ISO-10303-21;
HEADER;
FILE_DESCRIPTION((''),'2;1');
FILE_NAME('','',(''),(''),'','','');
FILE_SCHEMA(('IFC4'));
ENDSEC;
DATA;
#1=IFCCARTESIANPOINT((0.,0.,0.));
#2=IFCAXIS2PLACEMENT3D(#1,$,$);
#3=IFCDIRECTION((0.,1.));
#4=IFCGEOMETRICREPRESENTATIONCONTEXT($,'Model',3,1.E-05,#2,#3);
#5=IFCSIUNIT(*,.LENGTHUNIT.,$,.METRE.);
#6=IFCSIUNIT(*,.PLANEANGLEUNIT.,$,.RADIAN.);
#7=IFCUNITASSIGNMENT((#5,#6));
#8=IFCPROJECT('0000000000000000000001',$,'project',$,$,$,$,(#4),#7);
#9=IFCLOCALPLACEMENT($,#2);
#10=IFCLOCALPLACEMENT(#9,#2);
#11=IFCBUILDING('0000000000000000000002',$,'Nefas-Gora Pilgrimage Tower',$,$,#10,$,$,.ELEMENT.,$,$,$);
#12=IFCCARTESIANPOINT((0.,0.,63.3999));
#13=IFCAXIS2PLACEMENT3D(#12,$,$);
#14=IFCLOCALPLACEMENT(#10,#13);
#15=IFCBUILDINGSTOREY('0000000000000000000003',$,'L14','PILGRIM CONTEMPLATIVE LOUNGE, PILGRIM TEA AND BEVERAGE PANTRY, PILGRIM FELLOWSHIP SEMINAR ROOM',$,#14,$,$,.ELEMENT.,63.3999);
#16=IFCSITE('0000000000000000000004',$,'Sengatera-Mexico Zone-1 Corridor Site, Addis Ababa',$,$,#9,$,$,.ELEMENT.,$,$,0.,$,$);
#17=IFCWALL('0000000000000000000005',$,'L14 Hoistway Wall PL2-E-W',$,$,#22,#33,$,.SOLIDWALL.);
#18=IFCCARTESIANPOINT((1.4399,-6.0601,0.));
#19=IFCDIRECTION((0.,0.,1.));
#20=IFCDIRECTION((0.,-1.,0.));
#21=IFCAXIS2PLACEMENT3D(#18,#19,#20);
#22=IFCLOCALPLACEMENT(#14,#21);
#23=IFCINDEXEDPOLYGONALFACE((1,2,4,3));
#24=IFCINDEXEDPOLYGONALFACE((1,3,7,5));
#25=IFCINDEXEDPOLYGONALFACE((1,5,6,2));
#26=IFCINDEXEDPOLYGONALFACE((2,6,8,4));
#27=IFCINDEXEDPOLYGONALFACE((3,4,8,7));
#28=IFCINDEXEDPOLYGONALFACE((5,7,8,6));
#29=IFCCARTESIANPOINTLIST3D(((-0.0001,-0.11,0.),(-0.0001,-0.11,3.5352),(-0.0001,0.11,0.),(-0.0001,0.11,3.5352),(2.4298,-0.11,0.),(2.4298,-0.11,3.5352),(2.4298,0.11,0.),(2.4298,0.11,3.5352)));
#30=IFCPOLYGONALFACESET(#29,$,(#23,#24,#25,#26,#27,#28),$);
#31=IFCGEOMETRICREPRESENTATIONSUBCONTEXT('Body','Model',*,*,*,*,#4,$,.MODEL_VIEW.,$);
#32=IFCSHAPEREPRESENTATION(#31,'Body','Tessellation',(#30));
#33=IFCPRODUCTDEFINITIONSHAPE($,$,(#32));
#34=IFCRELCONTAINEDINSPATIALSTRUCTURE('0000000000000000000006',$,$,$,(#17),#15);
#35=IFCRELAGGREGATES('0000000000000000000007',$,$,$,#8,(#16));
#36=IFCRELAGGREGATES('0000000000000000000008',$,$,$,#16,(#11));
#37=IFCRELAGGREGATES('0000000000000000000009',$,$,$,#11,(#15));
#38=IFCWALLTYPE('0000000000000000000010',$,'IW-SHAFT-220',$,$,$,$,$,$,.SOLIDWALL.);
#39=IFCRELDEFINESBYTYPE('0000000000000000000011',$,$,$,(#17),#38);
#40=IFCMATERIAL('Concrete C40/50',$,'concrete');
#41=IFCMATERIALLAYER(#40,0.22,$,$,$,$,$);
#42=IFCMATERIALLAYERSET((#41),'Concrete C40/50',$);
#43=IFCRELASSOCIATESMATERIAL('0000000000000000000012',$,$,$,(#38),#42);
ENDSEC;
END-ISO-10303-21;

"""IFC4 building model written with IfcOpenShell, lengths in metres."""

from ifc_helpers import new_model, si_unit, direction, frame, frame_2d, origin, place, context, subcontext, project, spatial, rectangle, extrude, source, transform, mapped, material, layer, layer_set, type_object, element, save


model = new_model("IFC4")

# Units and contexts
model_context = context("Model", 3, precision=1e-05, world=origin(), true_north=direction((0.0, 1.0)))
body_context = subcontext(model_context, "Body", "Model", "MODEL_VIEW")
ifc_project = project(units=[si_unit("LENGTHUNIT", "METRE"), si_unit("PLANEANGLEUNIT", "RADIAN")], contexts=[model_context])

# Site, building, storey
site_placement = place(None, origin())
site = spatial("IfcSite", under=ifc_project, at=site_placement, Name="Sengatera-Mexico Zone-1 Corridor Site, Addis Ababa", CompositionType="ELEMENT", RefElevation=0.0)
building_placement = place(site_placement, origin())
building = spatial("IfcBuilding", under=site, at=building_placement, Name="Nefas-Gora Pilgrimage Tower", CompositionType="ELEMENT")
storey_placement = place(building_placement, frame((0.0, 0.0, 63.3999)))
storey = spatial("IfcBuildingStorey", under=building, at=storey_placement, Name="L14", Description="PILGRIM CONTEMPLATIVE LOUNGE, PILGRIM TEA AND BEVERAGE PANTRY, PILGRIM FELLOWSHIP SEMINAR ROOM", CompositionType="ELEMENT", Elevation=63.3999)

# Shared definitions
ifc_material_1 = material(Name="Concrete C40/50", Category="concrete")
ifc_layer_1 = layer(ifc_material_1, 0.22)
ifc_layer_set_1 = layer_set([ifc_layer_1], Name="Concrete C40/50")
wall_type_1 = type_object("IfcWallType", Name="IW-SHAFT-220", PredefinedType="SOLIDWALL", material=ifc_layer_set_1)

# Wall
shared_shape_1 = source(origin(), body_context, "Body", "SweptSolid", [
    extrude(rectangle(XDim=2.4299, YDim=0.22, at=frame_2d((1.2148, 0.0))), origin(), (0.0, 0.0, 1.0), 3.5352),
])
for number, where, z_axis, x_axis, name in (
    (1, (1.4399, -6.0601, 0.0), (0.0, 0.0, 1.0), (0.0, -1.0, 0.0), "L14 Hoistway Wall PL2-E-W"),
):
    element("IfcWall", number, at=place(storey_placement, frame(where, z_axis=z_axis, x_axis=x_axis)), inside=storey, type_object=wall_type_1, Name=name, PredefinedType="SOLIDWALL", context=body_context, shape_type="MappedRepresentation", body=[
        mapped(shared_shape_1, transform((0.0, 0.0, 0.0), x_axis=(1.0, 0.0, 0.0), y_axis=(0.0, 1.0, 0.0), z_axis=(0.0, 0.0, 1.0), scale=1.0)),
    ])

save(model, "model.ifc")
